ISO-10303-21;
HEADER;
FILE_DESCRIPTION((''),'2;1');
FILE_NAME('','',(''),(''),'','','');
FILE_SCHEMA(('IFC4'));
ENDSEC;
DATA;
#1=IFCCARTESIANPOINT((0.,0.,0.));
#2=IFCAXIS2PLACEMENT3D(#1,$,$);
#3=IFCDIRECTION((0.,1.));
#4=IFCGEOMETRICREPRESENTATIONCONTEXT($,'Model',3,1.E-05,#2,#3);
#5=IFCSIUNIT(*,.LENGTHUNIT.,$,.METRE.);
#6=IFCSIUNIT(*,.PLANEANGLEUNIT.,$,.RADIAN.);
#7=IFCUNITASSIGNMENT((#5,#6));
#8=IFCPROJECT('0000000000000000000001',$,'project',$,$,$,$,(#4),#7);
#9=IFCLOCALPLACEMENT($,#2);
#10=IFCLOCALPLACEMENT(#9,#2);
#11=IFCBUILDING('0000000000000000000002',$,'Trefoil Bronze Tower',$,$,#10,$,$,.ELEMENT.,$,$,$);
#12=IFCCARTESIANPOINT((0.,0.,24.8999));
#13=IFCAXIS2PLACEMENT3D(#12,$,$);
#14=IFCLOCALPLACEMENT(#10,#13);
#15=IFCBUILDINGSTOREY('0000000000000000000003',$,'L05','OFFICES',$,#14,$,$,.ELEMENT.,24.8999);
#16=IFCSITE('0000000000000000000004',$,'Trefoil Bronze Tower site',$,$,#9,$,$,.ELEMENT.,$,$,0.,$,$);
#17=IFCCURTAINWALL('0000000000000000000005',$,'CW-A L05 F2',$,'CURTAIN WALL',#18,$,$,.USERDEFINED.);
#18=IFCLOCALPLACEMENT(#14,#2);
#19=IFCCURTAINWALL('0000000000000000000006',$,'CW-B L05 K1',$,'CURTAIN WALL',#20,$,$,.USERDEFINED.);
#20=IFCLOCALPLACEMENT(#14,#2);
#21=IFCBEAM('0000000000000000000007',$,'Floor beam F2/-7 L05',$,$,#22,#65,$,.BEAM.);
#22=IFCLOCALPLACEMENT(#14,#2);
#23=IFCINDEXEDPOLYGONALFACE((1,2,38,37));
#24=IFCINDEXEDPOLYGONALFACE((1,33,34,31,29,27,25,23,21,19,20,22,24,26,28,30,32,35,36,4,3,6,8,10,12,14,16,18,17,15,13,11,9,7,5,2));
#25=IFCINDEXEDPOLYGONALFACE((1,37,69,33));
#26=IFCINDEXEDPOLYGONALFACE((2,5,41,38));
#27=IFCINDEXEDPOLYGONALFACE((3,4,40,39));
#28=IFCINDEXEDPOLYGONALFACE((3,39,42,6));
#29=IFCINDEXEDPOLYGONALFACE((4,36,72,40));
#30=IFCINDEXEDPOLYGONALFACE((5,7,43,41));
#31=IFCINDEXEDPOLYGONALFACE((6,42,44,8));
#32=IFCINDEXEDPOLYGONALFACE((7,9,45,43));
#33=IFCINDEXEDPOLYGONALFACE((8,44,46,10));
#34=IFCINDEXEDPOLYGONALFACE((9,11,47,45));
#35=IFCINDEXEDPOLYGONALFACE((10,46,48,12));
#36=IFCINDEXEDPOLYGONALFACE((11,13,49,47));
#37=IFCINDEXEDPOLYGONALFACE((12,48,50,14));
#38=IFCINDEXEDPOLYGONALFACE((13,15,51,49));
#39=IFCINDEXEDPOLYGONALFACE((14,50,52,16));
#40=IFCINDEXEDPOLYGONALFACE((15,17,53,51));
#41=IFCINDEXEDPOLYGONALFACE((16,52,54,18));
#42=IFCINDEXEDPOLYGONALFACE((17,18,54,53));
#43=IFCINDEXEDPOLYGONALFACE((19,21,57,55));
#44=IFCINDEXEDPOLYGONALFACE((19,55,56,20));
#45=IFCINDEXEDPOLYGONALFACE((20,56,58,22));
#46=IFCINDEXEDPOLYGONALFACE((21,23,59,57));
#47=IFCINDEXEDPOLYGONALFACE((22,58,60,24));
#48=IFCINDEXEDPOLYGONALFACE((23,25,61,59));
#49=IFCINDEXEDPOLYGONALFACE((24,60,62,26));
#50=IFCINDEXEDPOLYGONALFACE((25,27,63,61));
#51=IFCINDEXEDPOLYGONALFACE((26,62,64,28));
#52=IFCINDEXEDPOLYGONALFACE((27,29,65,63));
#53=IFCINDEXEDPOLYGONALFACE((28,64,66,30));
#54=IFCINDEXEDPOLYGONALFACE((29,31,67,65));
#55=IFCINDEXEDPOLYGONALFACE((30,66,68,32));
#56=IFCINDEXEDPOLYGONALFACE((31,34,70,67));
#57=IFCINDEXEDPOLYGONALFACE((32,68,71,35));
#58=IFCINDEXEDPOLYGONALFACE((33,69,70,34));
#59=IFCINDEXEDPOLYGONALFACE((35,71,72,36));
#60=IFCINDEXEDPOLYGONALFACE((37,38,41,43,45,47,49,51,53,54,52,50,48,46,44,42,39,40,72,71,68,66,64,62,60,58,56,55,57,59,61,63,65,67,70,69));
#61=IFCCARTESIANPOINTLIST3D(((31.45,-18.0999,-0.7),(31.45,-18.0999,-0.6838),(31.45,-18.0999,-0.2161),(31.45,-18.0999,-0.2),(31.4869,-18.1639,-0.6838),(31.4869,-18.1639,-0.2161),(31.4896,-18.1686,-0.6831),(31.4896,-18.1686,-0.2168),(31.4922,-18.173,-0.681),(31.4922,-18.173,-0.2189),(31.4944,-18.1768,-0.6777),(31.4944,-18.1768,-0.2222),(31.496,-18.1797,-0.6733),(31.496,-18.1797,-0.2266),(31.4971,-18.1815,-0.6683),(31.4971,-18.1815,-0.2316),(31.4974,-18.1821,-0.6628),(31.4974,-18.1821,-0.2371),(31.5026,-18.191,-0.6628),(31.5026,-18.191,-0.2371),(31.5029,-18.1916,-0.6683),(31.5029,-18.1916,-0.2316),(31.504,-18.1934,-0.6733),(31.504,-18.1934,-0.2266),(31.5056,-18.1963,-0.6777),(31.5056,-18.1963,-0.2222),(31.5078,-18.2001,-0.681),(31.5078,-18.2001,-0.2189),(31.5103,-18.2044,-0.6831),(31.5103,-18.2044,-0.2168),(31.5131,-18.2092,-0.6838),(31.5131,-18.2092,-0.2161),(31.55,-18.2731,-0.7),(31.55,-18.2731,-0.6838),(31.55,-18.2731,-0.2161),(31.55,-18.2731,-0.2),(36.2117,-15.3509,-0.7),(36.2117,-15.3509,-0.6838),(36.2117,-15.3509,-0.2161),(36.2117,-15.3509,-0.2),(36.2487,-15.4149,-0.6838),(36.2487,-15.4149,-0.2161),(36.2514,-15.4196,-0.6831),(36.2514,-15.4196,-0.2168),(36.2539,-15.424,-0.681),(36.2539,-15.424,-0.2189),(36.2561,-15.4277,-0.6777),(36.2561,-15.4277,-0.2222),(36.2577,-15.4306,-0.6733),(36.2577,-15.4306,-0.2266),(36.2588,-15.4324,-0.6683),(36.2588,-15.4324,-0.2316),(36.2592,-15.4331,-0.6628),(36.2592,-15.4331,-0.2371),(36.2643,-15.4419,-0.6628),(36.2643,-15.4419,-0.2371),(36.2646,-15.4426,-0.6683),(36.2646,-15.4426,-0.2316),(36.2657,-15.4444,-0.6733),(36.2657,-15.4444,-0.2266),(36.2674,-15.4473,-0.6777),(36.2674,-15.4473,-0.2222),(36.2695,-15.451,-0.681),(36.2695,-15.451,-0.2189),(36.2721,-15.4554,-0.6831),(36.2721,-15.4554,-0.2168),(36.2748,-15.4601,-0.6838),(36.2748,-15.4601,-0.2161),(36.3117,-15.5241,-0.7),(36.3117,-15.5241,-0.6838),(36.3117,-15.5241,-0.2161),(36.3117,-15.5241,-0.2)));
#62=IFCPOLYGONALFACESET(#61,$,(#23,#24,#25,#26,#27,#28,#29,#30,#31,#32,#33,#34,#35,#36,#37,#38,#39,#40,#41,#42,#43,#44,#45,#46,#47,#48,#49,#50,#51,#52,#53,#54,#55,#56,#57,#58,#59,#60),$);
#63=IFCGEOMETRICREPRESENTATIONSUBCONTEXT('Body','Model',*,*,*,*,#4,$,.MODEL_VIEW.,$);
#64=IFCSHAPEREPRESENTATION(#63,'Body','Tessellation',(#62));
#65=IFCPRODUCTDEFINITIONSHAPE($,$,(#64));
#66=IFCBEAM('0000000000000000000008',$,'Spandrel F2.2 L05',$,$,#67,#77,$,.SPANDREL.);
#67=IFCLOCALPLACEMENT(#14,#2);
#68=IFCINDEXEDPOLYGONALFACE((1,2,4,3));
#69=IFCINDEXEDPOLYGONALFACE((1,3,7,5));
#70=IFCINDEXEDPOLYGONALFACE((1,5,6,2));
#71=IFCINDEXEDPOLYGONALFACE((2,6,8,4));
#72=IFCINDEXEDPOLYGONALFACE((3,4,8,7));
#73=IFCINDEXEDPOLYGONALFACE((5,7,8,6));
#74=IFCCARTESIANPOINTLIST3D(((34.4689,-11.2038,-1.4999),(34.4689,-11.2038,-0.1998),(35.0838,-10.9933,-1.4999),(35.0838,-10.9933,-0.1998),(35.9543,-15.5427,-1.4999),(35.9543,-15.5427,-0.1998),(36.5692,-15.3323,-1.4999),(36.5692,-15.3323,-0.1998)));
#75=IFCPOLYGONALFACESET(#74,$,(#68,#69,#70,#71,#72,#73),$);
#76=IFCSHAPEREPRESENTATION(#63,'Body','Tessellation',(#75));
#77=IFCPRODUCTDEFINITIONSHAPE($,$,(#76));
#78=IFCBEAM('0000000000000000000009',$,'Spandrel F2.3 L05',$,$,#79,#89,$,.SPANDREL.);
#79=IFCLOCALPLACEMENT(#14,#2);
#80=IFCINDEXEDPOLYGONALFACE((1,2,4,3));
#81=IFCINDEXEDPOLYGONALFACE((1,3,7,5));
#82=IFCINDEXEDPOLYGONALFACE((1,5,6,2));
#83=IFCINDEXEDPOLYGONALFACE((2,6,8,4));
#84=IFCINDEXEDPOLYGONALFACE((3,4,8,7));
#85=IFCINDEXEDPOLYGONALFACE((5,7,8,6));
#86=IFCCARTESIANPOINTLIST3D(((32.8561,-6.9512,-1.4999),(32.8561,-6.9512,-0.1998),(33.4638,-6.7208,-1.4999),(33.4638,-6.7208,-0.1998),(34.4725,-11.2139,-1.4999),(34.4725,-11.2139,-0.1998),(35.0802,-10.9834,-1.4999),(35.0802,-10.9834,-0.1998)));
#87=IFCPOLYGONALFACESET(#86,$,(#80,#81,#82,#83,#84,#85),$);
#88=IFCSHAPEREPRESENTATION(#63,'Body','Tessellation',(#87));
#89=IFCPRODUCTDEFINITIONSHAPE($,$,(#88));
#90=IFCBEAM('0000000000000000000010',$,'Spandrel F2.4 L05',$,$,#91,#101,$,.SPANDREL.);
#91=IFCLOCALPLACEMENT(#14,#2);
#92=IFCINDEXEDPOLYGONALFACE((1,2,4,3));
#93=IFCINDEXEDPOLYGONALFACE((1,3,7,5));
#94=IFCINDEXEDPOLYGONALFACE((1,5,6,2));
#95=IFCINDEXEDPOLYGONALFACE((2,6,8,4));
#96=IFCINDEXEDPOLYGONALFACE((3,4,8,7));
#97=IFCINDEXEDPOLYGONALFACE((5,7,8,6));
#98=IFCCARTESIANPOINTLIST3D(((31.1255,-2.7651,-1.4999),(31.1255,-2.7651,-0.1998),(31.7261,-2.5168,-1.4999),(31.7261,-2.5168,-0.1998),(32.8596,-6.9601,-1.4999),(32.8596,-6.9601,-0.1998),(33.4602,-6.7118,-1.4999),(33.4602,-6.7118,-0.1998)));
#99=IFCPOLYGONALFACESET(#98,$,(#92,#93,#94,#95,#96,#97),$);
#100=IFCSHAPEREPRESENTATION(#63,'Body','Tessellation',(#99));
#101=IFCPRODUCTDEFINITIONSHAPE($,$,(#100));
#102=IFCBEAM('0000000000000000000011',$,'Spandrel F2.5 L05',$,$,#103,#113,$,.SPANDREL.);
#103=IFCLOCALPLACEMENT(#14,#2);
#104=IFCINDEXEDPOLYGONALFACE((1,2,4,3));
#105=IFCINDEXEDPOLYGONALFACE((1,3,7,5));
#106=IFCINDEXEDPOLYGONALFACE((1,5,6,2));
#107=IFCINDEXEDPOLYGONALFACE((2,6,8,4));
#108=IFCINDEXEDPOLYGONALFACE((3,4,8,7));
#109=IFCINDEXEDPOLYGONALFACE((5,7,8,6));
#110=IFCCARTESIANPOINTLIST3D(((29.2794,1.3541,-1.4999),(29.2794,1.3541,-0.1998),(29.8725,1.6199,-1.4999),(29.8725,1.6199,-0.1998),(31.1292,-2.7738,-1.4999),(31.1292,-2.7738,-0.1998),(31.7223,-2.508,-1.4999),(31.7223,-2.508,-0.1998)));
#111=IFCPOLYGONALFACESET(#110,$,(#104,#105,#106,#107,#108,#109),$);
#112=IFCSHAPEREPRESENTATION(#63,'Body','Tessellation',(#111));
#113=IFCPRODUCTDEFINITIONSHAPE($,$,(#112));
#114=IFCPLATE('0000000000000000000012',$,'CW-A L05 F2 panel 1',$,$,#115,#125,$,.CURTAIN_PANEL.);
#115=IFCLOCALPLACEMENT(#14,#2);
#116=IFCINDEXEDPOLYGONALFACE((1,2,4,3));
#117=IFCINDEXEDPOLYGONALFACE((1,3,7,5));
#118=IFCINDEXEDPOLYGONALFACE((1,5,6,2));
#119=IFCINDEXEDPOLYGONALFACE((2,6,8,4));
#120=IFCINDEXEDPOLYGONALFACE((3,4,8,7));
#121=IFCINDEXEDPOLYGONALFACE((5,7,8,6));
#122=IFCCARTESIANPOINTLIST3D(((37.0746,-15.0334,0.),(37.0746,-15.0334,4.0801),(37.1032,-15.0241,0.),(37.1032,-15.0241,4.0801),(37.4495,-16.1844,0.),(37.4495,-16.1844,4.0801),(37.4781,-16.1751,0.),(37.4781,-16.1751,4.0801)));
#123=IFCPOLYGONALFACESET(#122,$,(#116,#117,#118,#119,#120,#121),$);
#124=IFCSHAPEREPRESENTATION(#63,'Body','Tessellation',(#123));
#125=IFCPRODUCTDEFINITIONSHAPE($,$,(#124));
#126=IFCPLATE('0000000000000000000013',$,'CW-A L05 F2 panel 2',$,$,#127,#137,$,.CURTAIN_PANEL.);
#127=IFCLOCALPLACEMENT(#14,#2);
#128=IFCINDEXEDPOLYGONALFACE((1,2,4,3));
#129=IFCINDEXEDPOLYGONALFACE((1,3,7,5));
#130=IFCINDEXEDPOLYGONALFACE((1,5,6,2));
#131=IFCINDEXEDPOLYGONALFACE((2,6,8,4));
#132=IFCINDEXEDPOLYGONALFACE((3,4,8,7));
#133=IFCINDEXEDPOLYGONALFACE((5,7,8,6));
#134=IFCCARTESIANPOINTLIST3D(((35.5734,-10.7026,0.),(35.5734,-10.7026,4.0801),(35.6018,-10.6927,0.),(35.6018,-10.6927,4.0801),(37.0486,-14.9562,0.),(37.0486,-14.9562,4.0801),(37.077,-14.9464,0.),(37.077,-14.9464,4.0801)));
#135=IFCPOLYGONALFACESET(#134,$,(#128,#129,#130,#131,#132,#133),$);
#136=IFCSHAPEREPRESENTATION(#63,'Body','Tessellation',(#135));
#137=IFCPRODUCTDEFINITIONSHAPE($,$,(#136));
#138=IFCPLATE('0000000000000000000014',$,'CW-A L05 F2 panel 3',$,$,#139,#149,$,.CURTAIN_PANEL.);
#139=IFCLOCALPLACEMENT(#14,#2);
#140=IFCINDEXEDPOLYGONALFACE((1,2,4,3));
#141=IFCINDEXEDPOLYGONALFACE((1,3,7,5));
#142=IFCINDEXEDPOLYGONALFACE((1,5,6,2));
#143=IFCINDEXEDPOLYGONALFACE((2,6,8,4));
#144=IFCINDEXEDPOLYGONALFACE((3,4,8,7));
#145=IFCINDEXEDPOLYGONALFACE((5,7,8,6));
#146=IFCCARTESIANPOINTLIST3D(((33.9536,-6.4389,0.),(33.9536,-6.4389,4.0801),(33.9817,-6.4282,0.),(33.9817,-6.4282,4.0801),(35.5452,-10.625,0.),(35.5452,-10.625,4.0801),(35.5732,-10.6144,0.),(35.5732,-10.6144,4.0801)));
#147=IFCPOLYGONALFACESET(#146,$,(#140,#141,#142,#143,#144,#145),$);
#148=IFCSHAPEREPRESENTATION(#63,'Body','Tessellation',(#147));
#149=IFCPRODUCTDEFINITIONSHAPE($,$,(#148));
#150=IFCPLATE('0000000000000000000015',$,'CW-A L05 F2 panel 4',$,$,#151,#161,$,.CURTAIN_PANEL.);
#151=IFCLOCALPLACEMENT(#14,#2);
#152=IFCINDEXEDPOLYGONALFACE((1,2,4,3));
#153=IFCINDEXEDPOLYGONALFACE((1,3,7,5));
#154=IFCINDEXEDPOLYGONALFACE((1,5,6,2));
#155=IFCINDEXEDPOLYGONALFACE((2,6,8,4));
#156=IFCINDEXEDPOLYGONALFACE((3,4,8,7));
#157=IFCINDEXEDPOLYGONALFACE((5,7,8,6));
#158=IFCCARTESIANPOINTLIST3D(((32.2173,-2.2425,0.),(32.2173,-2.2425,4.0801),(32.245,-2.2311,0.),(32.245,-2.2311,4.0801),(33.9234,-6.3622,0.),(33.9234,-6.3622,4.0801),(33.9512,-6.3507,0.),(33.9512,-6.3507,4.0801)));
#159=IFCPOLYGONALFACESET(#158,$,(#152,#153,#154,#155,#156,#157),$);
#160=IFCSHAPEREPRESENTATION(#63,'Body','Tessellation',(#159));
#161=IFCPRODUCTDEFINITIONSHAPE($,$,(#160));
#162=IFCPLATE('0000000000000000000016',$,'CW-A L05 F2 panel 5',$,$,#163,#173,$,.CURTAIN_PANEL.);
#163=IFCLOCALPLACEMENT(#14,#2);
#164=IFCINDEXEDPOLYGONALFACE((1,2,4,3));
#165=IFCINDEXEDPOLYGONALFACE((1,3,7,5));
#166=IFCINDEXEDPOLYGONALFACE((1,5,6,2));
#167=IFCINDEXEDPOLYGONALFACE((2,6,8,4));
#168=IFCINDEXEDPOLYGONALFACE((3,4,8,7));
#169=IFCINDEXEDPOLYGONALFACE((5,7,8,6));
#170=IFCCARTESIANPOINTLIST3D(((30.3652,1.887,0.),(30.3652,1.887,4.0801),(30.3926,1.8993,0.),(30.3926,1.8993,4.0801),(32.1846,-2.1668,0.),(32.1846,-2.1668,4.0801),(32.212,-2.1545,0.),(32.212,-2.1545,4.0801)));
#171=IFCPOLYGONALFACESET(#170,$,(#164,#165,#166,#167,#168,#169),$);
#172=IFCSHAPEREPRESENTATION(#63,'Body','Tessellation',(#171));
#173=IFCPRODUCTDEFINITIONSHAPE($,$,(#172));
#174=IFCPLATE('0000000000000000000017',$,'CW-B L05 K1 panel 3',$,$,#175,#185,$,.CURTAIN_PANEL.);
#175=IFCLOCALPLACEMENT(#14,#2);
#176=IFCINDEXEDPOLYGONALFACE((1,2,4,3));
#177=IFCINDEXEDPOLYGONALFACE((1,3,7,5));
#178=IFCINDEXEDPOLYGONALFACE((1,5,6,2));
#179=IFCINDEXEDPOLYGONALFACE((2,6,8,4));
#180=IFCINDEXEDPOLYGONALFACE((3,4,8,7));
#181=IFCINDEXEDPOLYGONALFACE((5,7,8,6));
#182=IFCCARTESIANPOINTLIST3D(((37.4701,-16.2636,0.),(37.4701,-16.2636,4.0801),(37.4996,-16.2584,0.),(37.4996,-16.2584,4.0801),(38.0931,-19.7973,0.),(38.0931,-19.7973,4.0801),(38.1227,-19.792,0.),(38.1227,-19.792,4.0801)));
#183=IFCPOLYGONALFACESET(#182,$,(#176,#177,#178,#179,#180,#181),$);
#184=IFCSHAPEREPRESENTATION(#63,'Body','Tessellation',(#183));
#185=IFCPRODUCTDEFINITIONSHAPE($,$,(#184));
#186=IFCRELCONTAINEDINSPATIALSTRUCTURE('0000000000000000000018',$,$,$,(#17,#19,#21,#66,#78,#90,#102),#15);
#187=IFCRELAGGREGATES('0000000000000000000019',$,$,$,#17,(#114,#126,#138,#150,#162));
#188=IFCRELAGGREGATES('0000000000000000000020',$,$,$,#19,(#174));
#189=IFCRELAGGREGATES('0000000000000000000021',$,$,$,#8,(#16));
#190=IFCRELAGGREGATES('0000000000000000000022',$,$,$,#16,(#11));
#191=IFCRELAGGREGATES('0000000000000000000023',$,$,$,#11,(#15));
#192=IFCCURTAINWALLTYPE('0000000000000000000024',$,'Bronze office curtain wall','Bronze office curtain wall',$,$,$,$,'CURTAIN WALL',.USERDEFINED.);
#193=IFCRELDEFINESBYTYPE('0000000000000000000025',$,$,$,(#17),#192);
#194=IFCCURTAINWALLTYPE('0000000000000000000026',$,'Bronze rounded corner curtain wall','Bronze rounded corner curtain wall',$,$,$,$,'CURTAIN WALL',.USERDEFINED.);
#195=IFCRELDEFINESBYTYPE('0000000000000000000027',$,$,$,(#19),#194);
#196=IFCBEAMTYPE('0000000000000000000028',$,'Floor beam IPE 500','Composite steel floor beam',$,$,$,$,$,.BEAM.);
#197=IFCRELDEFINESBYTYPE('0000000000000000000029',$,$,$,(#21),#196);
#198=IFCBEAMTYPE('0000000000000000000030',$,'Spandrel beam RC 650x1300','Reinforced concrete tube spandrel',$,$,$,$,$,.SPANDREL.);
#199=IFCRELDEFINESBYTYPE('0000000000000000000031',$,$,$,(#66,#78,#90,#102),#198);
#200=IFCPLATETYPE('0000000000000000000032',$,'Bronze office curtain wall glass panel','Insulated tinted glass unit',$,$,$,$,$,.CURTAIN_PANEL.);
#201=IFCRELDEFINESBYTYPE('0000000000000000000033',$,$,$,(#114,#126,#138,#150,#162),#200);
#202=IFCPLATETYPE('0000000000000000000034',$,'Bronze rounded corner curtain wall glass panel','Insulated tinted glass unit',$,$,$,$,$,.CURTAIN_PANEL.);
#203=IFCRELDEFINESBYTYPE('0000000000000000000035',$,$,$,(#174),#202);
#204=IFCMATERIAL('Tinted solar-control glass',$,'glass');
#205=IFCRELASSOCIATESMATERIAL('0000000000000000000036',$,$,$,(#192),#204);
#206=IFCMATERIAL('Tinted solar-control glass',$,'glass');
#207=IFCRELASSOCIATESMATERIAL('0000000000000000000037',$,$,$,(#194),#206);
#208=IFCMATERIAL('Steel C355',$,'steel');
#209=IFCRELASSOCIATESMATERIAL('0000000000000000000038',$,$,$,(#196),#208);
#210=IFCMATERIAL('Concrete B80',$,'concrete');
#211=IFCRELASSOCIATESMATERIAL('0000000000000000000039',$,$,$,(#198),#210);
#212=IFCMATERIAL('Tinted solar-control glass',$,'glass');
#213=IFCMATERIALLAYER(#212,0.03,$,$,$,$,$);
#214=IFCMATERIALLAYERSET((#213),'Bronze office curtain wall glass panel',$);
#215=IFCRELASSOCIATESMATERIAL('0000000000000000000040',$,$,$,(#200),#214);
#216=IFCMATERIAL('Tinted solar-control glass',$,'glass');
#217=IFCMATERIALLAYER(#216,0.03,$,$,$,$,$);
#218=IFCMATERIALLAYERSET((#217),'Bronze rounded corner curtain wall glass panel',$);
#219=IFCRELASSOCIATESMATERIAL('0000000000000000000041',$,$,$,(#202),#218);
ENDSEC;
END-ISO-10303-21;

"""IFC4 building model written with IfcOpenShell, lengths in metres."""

from ifc_helpers import new_model, si_unit, direction, frame, origin, origin_2d, place, context, subcontext, project, spatial, rectangle, i_section, extrude, material, layer, layer_set, material_profile, profile_set, type_object, element, aggregate, save


model = new_model("IFC4")

# Units and contexts
model_context = context("Model", 3, precision=1e-05, world=origin(), true_north=direction((0.0, 1.0)))
body_context = subcontext(model_context, "Body", "Model", "MODEL_VIEW")
ifc_project = project(units=[si_unit("LENGTHUNIT", "METRE"), si_unit("PLANEANGLEUNIT", "RADIAN")], contexts=[model_context])

# Site, building, storey
site_placement = place(None, origin())
site = spatial("IfcSite", under=ifc_project, at=site_placement, Name="Trefoil Bronze Tower site", CompositionType="ELEMENT", RefElevation=0.0)
building_placement = place(site_placement, origin())
building = spatial("IfcBuilding", under=site, at=building_placement, Name="Trefoil Bronze Tower", CompositionType="ELEMENT")
storey_placement = place(building_placement, frame((0.0, 0.0, 24.8999)))
storey = spatial("IfcBuildingStorey", under=building, at=storey_placement, Name="L05", Description="OFFICES", CompositionType="ELEMENT", Elevation=24.8999)

# Curtain walls
ifc_material_1 = material(Name="Tinted solar-control glass", Category="glass")
curtain_wall_type_1 = type_object("IfcCurtainWallType", Name="Bronze office curtain wall", Description="Bronze office curtain wall", ElementType="CURTAIN WALL", PredefinedType="USERDEFINED", material=ifc_material_1)
curtain_wall_1_placement = place(storey_placement, origin())
curtain_wall_1 = element("IfcCurtainWall", 1, at=curtain_wall_1_placement, inside=storey, type_object=curtain_wall_type_1, Name="CW-A L05 F2", ObjectType="CURTAIN WALL", PredefinedType="USERDEFINED")
ifc_material_2 = material(Name="Tinted solar-control glass", Category="glass")
curtain_wall_type_2 = type_object("IfcCurtainWallType", Name="Bronze rounded corner curtain wall", Description="Bronze rounded corner curtain wall", ElementType="CURTAIN WALL", PredefinedType="USERDEFINED", material=ifc_material_2)
curtain_wall_2_placement = place(storey_placement, origin())
curtain_wall_2 = element("IfcCurtainWall", 2, at=curtain_wall_2_placement, inside=storey, type_object=curtain_wall_type_2, Name="CW-B L05 K1", ObjectType="CURTAIN WALL", PredefinedType="USERDEFINED")

# Beams
ifc_material_3 = material(Name="Steel C355", Category="steel")
ifc_material_profile_1 = material_profile(ifc_material_3, i_section(OverallWidth=0.2, OverallDepth=0.5, WebThickness=0.0103, FlangeThickness=0.0161, FilletRadius=0.021, at=origin_2d()), Name="IPE 500")
ifc_profile_set_1 = profile_set([ifc_material_profile_1], Name="Steel C355")
beam_type_1 = type_object("IfcBeamType", Name="Floor beam IPE 500", Description="Composite steel floor beam", PredefinedType="BEAM", material=ifc_profile_set_1)
beam_1_placement = place(storey_placement, frame((36.2617, -15.4375, -0.45), z_axis=(-0.866038, -0.499979, 0.0), x_axis=(0.499979, -0.866038, 0.0)))
element("IfcBeam", 3, at=beam_1_placement, inside=storey, type_object=beam_type_1, Name="Floor beam F2/-7 L05", PredefinedType="BEAM", context=body_context, shape_type="SweptSolid", body=[
    extrude(i_section(OverallWidth=0.2, OverallDepth=0.5, WebThickness=0.0103, FlangeThickness=0.0161, FilletRadius=0.021, at=origin_2d()), origin(), (0.0, 0.0, 1.0), 5.4983),
])
ifc_material_4 = material(Name="Concrete B80", Category="concrete")
ifc_material_profile_2 = material_profile(ifc_material_4, rectangle(XDim=0.6499, YDim=1.3, at=origin_2d()), Name="RC 650x1300")
ifc_profile_set_2 = profile_set([ifc_material_profile_2], Name="Concrete B80")
beam_type_2 = type_object("IfcBeamType", Name="Spandrel beam RC 650x1300", Description="Reinforced concrete tube spandrel", PredefinedType="SPANDREL", material=ifc_profile_set_2)
beam_2_placement = place(storey_placement, frame((36.2617, -15.4375, -0.8499), z_axis=(-0.323883, 0.946097, 0.0), x_axis=(-0.946097, -0.323883, 0.0)))
element("IfcBeam", 4, at=beam_2_placement, inside=storey, type_object=beam_type_2, Name="Spandrel F2.2 L05", PredefinedType="SPANDREL", context=body_context, shape_type="SweptSolid", body=[
    extrude(rectangle(XDim=0.6499, YDim=1.3, at=origin_2d()), origin(), (0.0, 0.0, 1.0), 4.5862),
])
beam_3_placement = place(storey_placement, frame((34.7764, -11.0986, -0.8499), z_axis=(-0.354572, 0.935029, 0.0), x_axis=(-0.935029, -0.354572, 0.0)))
element("IfcBeam", 5, at=beam_3_placement, inside=storey, type_object=beam_type_2, Name="Spandrel F2.3 L05", PredefinedType="SPANDREL", context=body_context, shape_type="SweptSolid", body=[
    extrude(rectangle(XDim=0.6499, YDim=1.3, at=origin_2d()), origin(), (0.0, 0.0, 1.0), 4.5588),
])
beam_4_placement = place(storey_placement, frame((33.1599, -6.8359, -0.8499), z_axis=(-0.382021, 0.924154, 0.0), x_axis=(-0.924154, -0.382021, 0.0)))
element("IfcBeam", 6, at=beam_4_placement, inside=storey, type_object=beam_type_2, Name="Spandrel F2.4 L05", PredefinedType="SPANDREL", context=body_context, shape_type="SweptSolid", body=[
    extrude(rectangle(XDim=0.6499, YDim=1.3, at=origin_2d()), origin(), (0.0, 0.0, 1.0), 4.5393),
])
beam_5_placement = place(storey_placement, frame((31.4258, -2.6409, -0.8499), z_axis=(-0.408946, 0.912559, 0.0), x_axis=(-0.912559, -0.408946, 0.0)))
element("IfcBeam", 7, at=beam_5_placement, inside=storey, type_object=beam_type_2, Name="Spandrel F2.5 L05", PredefinedType="SPANDREL", context=body_context, shape_type="SweptSolid", body=[
    extrude(rectangle(XDim=0.6499, YDim=1.3, at=origin_2d()), origin(), (0.0, 0.0, 1.0), 4.5234),
])

# Plates
ifc_material_5 = material(Name="Tinted solar-control glass", Category="glass")
ifc_layer_1 = layer(ifc_material_5, 0.03)
ifc_layer_set_1 = layer_set([ifc_layer_1], Name="Bronze office curtain wall glass panel")
plate_type_1 = type_object("IfcPlateType", Name="Bronze office curtain wall glass panel", Description="Insulated tinted glass unit", PredefinedType="CURTAIN_PANEL", material=ifc_layer_set_1)
plate_1_placement = place(storey_placement, frame((37.2764, -15.6042, 0.0), z_axis=(0.0, 0.0, 1.0), x_axis=(-0.309728, 0.950825, 0.0)))
plate_1 = element("IfcPlate", 8, at=plate_1_placement, type_object=plate_type_1, Name="CW-A L05 F2 panel 1", PredefinedType="CURTAIN_PANEL", context=body_context, shape_type="SweptSolid", body=[
    extrude(rectangle(XDim=1.2104, YDim=0.03, at=origin_2d()), origin(), (0.0, 0.0, 1.0), 4.0801),
])
plate_2_placement = place(storey_placement, frame((36.3252, -12.8245, 0.0), z_axis=(0.0, 0.0, 1.0), x_axis=(-0.327674, 0.944791, 0.0)))
plate_2 = element("IfcPlate", 9, at=plate_2_placement, type_object=plate_type_1, Name="CW-A L05 F2 panel 2", PredefinedType="CURTAIN_PANEL", context=body_context, shape_type="SweptSolid", body=[
    extrude(rectangle(XDim=4.5022, YDim=0.03, at=origin_2d()), origin(), (0.0, 0.0, 1.0), 4.0801),
])
plate_3_placement = place(storey_placement, frame((34.7634, -8.5266, 0.0), z_axis=(0.0, 0.0, 1.0), x_axis=(-0.355371, 0.934725, 0.0)))
plate_3 = element("IfcPlate", 10, at=plate_3_placement, type_object=plate_type_1, Name="CW-A L05 F2 panel 3", PredefinedType="CURTAIN_PANEL", context=body_context, shape_type="SweptSolid", body=[
    extrude(rectangle(XDim=4.4785, YDim=0.03, at=origin_2d()), origin(), (0.0, 0.0, 1.0), 4.0801),
])
plate_4_placement = place(storey_placement, frame((33.0842, -4.2966, 0.0), z_axis=(0.0, 0.0, 1.0), x_axis=(-0.38263, 0.923902, 0.0)))
plate_4 = element("IfcPlate", 11, at=plate_4_placement, type_object=plate_type_1, Name="CW-A L05 F2 panel 4", PredefinedType="CURTAIN_PANEL", context=body_context, shape_type="SweptSolid", body=[
    extrude(rectangle(XDim=4.459, YDim=0.03, at=origin_2d()), origin(), (0.0, 0.0, 1.0), 4.0801),
])
plate_5_placement = place(storey_placement, frame((31.2886, -0.1338, 0.0), z_axis=(0.0, 0.0, 1.0), x_axis=(-0.409456, 0.91233, 0.0)))
plate_5 = element("IfcPlate", 12, at=plate_5_placement, type_object=plate_type_1, Name="CW-A L05 F2 panel 5", PredefinedType="CURTAIN_PANEL", context=body_context, shape_type="SweptSolid", body=[
    extrude(rectangle(XDim=4.4434, YDim=0.03, at=origin_2d()), origin(), (0.0, 0.0, 1.0), 4.0801),
])
aggregate(curtain_wall_1, [plate_1, plate_2, plate_3, plate_4, plate_5])
ifc_material_6 = material(Name="Tinted solar-control glass", Category="glass")
ifc_layer_2 = layer(ifc_material_6, 0.03)
ifc_layer_set_2 = layer_set([ifc_layer_2], Name="Bronze rounded corner curtain wall glass panel")
plate_type_2 = type_object("IfcPlateType", Name="Bronze rounded corner curtain wall glass panel", Description="Insulated tinted glass unit", PredefinedType="CURTAIN_PANEL", material=ifc_layer_set_2)
plate_6_placement = place(storey_placement, frame((37.7964, -18.0278, 0.0), z_axis=(0.0, 0.0, 1.0), x_axis=(-0.173648, 0.984808, 0.0)))
plate_6 = element("IfcPlate", 13, at=plate_6_placement, type_object=plate_type_2, Name="CW-B L05 K1 panel 3", PredefinedType="CURTAIN_PANEL", context=body_context, shape_type="SweptSolid", body=[
    extrude(rectangle(XDim=3.5881, YDim=0.03, at=origin_2d()), origin(), (0.0, 0.0, 1.0), 4.0801),
])
aggregate(curtain_wall_2, [plate_6])

save(model, "model.ifc")
